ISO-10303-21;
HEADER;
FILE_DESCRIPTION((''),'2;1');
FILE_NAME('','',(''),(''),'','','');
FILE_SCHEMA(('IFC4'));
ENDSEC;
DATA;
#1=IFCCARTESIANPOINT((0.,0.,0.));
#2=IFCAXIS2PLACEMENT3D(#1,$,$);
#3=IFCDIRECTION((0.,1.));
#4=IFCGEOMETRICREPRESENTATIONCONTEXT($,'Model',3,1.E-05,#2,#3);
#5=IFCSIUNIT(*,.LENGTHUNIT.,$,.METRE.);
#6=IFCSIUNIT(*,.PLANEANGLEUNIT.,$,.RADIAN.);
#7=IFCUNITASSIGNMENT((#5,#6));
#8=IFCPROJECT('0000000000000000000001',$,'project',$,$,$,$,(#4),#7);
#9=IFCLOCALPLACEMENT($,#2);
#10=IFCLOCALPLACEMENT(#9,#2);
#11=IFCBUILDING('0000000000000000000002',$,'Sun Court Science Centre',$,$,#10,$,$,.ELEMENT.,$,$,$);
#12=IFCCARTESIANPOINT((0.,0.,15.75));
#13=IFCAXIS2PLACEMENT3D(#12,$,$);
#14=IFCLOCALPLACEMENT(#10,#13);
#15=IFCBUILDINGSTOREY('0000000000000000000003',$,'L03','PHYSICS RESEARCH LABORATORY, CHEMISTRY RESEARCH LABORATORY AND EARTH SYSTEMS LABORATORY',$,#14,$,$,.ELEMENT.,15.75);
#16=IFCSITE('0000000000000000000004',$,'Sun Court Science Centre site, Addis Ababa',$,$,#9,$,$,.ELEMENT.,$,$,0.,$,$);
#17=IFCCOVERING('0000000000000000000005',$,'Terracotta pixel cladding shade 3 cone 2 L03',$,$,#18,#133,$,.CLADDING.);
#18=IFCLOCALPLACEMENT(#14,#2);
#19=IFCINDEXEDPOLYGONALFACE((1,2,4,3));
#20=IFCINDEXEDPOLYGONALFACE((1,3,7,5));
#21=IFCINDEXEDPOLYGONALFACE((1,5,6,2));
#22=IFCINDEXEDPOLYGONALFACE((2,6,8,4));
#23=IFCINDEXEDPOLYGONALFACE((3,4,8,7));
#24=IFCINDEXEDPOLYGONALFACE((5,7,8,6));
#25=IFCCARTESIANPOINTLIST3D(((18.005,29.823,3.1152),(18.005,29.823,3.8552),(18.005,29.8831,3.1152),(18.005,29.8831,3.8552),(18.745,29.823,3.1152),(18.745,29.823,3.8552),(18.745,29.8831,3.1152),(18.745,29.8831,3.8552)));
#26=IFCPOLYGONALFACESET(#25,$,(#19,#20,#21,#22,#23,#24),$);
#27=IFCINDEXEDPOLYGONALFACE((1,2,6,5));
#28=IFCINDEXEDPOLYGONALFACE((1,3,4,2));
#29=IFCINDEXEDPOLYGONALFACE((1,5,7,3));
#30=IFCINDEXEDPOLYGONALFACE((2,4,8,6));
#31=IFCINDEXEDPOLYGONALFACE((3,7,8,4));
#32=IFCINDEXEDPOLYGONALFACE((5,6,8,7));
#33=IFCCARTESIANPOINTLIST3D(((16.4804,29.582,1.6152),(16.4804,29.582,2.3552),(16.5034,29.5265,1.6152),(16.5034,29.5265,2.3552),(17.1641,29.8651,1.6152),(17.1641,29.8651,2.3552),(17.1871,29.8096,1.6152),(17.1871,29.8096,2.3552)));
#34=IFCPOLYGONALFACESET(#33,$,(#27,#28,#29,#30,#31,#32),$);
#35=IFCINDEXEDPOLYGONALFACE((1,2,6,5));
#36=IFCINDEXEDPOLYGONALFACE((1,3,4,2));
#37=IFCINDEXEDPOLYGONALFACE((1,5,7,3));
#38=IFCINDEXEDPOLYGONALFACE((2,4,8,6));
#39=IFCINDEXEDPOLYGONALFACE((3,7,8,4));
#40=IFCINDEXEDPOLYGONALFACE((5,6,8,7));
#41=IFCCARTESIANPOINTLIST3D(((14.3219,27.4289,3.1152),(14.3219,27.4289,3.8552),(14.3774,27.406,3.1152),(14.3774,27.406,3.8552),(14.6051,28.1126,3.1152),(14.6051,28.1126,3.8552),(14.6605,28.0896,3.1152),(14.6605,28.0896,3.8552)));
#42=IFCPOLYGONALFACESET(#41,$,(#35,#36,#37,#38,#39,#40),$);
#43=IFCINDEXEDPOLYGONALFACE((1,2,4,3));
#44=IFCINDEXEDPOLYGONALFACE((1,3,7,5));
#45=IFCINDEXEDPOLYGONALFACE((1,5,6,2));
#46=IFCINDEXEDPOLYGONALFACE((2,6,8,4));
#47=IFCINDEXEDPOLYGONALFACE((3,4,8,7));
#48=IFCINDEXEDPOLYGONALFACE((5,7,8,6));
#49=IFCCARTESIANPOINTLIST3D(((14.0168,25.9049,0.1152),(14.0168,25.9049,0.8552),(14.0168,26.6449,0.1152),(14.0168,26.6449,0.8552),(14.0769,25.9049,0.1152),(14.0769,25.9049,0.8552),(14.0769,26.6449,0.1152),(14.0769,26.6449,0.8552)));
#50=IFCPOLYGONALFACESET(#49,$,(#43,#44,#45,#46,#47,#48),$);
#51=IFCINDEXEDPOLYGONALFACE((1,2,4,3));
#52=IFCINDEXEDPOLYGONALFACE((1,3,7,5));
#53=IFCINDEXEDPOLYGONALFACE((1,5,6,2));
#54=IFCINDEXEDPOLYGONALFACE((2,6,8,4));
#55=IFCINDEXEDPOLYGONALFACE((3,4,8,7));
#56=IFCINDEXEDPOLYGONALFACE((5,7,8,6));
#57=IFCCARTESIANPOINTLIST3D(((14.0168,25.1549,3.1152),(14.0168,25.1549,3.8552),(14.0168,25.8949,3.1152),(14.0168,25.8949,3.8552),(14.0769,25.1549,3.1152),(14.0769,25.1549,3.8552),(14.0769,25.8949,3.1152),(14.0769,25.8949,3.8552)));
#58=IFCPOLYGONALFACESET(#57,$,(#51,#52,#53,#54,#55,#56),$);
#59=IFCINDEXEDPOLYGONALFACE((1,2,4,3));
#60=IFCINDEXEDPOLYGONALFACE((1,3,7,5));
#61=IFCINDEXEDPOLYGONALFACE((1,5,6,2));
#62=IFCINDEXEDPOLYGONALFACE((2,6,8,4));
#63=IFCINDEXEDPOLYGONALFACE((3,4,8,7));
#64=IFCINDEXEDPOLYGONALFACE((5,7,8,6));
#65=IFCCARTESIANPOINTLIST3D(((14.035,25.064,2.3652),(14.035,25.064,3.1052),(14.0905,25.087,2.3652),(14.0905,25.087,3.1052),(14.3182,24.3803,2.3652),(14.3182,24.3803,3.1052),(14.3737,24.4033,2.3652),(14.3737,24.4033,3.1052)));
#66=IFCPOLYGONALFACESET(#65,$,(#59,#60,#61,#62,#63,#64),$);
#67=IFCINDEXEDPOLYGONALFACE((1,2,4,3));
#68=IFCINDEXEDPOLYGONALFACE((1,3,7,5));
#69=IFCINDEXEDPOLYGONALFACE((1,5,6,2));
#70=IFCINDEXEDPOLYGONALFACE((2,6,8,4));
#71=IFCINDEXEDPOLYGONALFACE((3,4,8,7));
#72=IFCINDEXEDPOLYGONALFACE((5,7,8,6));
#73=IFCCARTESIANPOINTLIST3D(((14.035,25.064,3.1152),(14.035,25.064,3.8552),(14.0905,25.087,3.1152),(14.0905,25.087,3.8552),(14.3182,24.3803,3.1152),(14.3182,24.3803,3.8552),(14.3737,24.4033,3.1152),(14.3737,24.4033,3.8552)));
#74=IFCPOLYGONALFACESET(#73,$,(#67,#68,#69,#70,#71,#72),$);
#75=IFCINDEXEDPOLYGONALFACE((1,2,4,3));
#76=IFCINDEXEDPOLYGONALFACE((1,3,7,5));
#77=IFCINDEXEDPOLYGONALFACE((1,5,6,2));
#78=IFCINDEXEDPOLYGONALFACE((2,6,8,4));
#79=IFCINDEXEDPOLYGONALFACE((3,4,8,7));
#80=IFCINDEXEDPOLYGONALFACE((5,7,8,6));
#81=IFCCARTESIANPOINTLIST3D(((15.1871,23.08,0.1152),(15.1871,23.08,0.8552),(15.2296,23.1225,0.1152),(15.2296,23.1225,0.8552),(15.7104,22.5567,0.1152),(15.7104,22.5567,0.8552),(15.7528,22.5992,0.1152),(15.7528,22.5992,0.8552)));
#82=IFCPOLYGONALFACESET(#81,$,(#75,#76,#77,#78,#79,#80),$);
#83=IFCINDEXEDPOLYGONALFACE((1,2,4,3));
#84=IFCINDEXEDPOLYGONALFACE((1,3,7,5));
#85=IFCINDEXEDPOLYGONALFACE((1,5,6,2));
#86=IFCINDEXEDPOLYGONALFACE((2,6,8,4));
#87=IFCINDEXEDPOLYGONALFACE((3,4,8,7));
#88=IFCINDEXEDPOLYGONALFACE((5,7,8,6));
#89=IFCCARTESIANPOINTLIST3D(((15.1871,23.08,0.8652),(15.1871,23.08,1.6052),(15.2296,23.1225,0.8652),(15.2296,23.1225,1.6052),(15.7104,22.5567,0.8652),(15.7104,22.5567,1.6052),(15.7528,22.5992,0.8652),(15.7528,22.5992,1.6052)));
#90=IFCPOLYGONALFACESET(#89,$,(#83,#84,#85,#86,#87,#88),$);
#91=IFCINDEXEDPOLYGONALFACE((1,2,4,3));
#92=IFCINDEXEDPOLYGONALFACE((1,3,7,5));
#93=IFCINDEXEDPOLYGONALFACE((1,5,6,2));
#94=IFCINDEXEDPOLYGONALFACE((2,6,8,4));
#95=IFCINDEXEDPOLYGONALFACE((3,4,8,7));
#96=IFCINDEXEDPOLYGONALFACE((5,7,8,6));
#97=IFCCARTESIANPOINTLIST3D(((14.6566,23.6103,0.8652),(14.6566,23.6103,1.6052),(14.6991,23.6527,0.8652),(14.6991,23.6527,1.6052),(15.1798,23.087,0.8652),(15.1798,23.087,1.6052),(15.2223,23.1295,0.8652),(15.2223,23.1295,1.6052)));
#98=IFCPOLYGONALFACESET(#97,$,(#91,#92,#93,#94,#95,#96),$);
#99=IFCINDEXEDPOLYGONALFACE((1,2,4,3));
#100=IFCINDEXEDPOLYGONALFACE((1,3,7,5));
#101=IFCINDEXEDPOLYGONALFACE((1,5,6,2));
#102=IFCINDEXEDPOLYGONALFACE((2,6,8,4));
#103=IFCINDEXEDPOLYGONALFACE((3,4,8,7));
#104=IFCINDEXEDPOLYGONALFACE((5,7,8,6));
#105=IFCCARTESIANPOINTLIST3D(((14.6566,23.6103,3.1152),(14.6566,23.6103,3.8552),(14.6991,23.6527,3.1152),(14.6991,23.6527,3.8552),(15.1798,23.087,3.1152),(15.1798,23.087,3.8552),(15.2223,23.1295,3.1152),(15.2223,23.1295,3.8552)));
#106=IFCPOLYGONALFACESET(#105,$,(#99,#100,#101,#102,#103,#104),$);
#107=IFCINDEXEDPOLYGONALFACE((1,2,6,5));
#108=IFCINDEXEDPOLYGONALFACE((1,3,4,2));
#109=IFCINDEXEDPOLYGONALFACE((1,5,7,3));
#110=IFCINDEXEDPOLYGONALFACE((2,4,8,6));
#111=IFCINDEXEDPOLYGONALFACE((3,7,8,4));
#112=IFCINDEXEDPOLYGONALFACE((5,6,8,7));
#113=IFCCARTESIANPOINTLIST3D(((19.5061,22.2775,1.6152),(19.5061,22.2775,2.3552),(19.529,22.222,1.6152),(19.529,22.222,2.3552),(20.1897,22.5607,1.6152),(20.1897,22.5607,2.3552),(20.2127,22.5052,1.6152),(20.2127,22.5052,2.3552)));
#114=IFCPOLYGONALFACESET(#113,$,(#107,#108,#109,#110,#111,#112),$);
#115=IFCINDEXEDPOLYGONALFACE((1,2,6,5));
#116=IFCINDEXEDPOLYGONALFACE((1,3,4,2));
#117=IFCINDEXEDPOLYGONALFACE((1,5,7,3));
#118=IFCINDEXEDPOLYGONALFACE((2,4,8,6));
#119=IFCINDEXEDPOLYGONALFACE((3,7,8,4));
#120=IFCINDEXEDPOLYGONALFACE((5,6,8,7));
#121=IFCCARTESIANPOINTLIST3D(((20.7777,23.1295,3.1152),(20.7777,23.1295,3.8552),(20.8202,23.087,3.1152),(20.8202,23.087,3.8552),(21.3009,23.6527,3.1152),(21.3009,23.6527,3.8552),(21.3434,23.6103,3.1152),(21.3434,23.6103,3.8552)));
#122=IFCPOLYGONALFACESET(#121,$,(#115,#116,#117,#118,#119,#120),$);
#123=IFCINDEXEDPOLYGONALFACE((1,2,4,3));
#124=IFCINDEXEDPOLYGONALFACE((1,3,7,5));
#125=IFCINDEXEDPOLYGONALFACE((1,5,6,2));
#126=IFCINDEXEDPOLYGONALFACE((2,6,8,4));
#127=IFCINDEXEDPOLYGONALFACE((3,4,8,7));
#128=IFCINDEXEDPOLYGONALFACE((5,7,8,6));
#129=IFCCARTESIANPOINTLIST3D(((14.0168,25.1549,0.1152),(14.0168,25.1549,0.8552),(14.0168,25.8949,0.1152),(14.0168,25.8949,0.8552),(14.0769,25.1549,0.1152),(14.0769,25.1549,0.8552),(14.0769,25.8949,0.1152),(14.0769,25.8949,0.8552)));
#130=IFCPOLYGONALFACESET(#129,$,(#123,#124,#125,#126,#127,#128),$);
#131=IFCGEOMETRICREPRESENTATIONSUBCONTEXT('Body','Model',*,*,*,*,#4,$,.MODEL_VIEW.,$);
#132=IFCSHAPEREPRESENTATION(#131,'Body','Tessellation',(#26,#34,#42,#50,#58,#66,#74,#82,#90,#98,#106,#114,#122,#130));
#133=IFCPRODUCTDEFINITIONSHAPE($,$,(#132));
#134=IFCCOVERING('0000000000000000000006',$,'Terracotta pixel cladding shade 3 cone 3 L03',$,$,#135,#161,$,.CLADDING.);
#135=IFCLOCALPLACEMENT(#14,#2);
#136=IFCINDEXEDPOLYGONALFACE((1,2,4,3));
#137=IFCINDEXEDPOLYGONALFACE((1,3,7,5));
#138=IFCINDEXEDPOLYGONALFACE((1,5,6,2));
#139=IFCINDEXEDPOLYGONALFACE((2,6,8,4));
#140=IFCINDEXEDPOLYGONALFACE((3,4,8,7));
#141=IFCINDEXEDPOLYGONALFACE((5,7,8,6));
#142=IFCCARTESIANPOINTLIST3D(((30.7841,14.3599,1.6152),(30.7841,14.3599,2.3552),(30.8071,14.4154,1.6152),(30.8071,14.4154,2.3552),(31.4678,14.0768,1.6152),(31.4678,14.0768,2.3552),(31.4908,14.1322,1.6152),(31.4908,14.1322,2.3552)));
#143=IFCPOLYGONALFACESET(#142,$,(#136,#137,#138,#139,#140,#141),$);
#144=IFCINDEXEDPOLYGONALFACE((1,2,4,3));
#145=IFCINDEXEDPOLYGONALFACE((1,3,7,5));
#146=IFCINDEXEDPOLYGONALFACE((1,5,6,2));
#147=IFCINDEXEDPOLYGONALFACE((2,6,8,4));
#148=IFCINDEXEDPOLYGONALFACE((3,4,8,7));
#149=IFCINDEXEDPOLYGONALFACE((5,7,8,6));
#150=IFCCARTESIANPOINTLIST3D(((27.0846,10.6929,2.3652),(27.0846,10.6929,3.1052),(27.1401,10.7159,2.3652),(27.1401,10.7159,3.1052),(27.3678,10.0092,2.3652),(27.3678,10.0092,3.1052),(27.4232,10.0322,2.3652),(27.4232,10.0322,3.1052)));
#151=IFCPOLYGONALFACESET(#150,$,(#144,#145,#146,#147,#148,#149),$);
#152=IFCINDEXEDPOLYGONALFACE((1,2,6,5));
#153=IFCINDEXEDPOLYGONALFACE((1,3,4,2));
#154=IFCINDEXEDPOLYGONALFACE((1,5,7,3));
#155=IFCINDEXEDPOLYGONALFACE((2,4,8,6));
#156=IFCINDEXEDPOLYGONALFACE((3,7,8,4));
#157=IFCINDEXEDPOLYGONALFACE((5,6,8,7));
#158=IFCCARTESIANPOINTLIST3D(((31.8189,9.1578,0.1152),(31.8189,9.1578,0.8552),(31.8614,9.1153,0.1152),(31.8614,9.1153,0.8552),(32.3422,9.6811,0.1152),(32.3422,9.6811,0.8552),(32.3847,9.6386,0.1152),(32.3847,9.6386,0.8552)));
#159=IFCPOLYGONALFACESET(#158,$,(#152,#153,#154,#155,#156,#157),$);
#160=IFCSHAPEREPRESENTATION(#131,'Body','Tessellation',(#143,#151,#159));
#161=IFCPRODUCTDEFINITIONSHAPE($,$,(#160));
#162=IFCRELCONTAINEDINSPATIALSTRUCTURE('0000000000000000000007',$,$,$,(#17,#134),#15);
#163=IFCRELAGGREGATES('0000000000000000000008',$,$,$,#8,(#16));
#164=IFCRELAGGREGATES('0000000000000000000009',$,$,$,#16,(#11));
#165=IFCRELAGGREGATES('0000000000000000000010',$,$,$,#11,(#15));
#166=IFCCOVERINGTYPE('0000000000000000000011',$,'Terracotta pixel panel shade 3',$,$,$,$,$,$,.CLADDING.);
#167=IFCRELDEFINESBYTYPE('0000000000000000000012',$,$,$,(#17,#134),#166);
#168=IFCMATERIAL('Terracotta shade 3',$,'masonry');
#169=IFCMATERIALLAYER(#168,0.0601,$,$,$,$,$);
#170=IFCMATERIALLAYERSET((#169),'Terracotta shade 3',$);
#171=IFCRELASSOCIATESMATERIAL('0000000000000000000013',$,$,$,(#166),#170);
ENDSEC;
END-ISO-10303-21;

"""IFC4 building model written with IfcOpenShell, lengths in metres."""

from ifc_helpers import new_model, si_unit, direction, frame, origin, origin_2d, place, context, subcontext, project, spatial, rectangle, extrude, material, layer, layer_set, type_object, element, save


model = new_model("IFC4")

# Units and contexts
model_context = context("Model", 3, precision=1e-05, world=origin(), true_north=direction((0.0, 1.0)))
body_context = subcontext(model_context, "Body", "Model", "MODEL_VIEW")
ifc_project = project(units=[si_unit("LENGTHUNIT", "METRE"), si_unit("PLANEANGLEUNIT", "RADIAN")], contexts=[model_context])

# Site, building, storey
site_placement = place(None, origin())
site = spatial("IfcSite", under=ifc_project, at=site_placement, Name="Sun Court Science Centre site, Addis Ababa", CompositionType="ELEMENT", RefElevation=0.0)
building_placement = place(site_placement, origin())
building = spatial("IfcBuilding", under=site, at=building_placement, Name="Sun Court Science Centre", CompositionType="ELEMENT")
storey_placement = place(building_placement, frame((0.0, 0.0, 15.75)))
storey = spatial("IfcBuildingStorey", under=building, at=storey_placement, Name="L03", Description="PHYSICS RESEARCH LABORATORY, CHEMISTRY RESEARCH LABORATORY AND EARTH SYSTEMS LABORATORY", CompositionType="ELEMENT", Elevation=15.75)

# Coverings
ifc_material_1 = material(Name="Terracotta shade 3", Category="masonry")
ifc_layer_1 = layer(ifc_material_1, 0.0601)
ifc_layer_set_1 = layer_set([ifc_layer_1], Name="Terracotta shade 3")
covering_type_1 = type_object("IfcCoveringType", Name="Terracotta pixel panel shade 3", PredefinedType="CLADDING", material=ifc_layer_set_1)
covering_1_placement = place(storey_placement, frame((0.0, 0.0, -15.75)))
element("IfcCovering", 1, at=covering_1_placement, inside=storey, type_object=covering_type_1, Name="Terracotta pixel cladding shade 3 cone 2 L03", PredefinedType="CLADDING", context=body_context, shape_type="SweptSolid", body=[
    extrude(rectangle(XDim=0.74, YDim=0.0601, at=origin_2d()), frame((18.375, 29.853, 18.8652), z_axis=(0.0, 0.0, 1.0), x_axis=(1.0, 0.0, 0.0)), (0.0, 0.0, 1.0), 0.74),
    extrude(rectangle(XDim=0.74, YDim=0.0601, at=origin_2d()), frame((16.8337, 29.6958, 17.3652), z_axis=(0.0, 0.0, 1.0), x_axis=(0.92388, 0.382683, 0.0)), (0.0, 0.0, 1.0), 0.74),
    extrude(rectangle(XDim=0.74, YDim=0.0601, at=origin_2d()), frame((14.4912, 27.7593, 18.8652), z_axis=(0.0, 0.0, 1.0), x_axis=(0.382683, 0.92388, 0.0)), (0.0, 0.0, 1.0), 0.74),
    extrude(rectangle(XDim=0.74, YDim=0.0601, at=origin_2d()), frame((14.0469, 26.2749, 15.8652), z_axis=(0.0, 0.0, 1.0), x_axis=(0.0, 1.0, 0.0)), (0.0, 0.0, 1.0), 0.74),
    extrude(rectangle(XDim=0.74, YDim=0.0601, at=origin_2d()), frame((14.0469, 25.5249, 18.8652), z_axis=(0.0, 0.0, 1.0), x_axis=(0.0, 1.0, 0.0)), (0.0, 0.0, 1.0), 0.74),
    extrude(rectangle(XDim=0.74, YDim=0.0601, at=origin_2d()), frame((14.2043, 24.7336, 18.1152), z_axis=(0.0, 0.0, 1.0), x_axis=(-0.382683, 0.92388, 0.0)), (0.0, 0.0, 1.0), 0.74),
    extrude(rectangle(XDim=0.74, YDim=0.0601, at=origin_2d()), frame((14.2043, 24.7336, 18.8652), z_axis=(0.0, 0.0, 1.0), x_axis=(-0.382683, 0.92388, 0.0)), (0.0, 0.0, 1.0), 0.74),
    extrude(rectangle(XDim=0.74, YDim=0.0601, at=origin_2d()), frame((15.47, 22.8396, 15.8652), z_axis=(0.0, 0.0, 1.0), x_axis=(-0.707107, 0.707107, 0.0)), (0.0, 0.0, 1.0), 0.74),
    extrude(rectangle(XDim=0.74, YDim=0.0601, at=origin_2d()), frame((15.47, 22.8396, 16.6152), z_axis=(0.0, 0.0, 1.0), x_axis=(-0.707107, 0.707107, 0.0)), (0.0, 0.0, 1.0), 0.74),
    extrude(rectangle(XDim=0.74, YDim=0.0601, at=origin_2d()), frame((14.9395, 23.3699, 16.6152), z_axis=(0.0, 0.0, 1.0), x_axis=(-0.707107, 0.707107, 0.0)), (0.0, 0.0, 1.0), 0.74),
    extrude(rectangle(XDim=0.74, YDim=0.0601, at=origin_2d()), frame((14.9395, 23.3699, 18.8652), z_axis=(0.0, 0.0, 1.0), x_axis=(-0.707107, 0.707107, 0.0)), (0.0, 0.0, 1.0), 0.74),
    extrude(rectangle(XDim=0.74, YDim=0.0601, at=origin_2d()), frame((19.8594, 22.3914, 17.3652), z_axis=(0.0, 0.0, 1.0), x_axis=(-0.92388, -0.382683, 0.0)), (0.0, 0.0, 1.0), 0.74),
    extrude(rectangle(XDim=0.74, YDim=0.0601, at=origin_2d()), frame((21.0605, 23.3699, 18.8652), z_axis=(0.0, 0.0, 1.0), x_axis=(-0.707107, -0.707107, 0.0)), (0.0, 0.0, 1.0), 0.74),
    extrude(rectangle(XDim=0.74, YDim=0.0601, at=origin_2d()), frame((14.0469, 25.5249, 15.8652), z_axis=(0.0, 0.0, 1.0), x_axis=(0.0, 1.0, 0.0)), (0.0, 0.0, 1.0), 0.74),
])
covering_2_placement = place(storey_placement, frame((0.0, 0.0, -15.75)))
element("IfcCovering", 2, at=covering_2_placement, inside=storey, type_object=covering_type_1, Name="Terracotta pixel cladding shade 3 cone 3 L03", PredefinedType="CLADDING", context=body_context, shape_type="SweptSolid", body=[
    extrude(rectangle(XDim=0.74, YDim=0.0601, at=origin_2d()), frame((31.1375, 14.2461, 17.3652), z_axis=(0.0, 0.0, 1.0), x_axis=(0.92388, -0.382683, 0.0)), (0.0, 0.0, 1.0), 0.74),
    extrude(rectangle(XDim=0.74, YDim=0.0601, at=origin_2d()), frame((27.2539, 10.3625, 18.1152), z_axis=(0.0, 0.0, 1.0), x_axis=(-0.382683, 0.92388, 0.0)), (0.0, 0.0, 1.0), 0.74),
    extrude(rectangle(XDim=0.74, YDim=0.0601, at=origin_2d()), frame((32.1018, 9.3982, 15.8652), z_axis=(0.0, 0.0, 1.0), x_axis=(-0.707107, -0.707107, 0.0)), (0.0, 0.0, 1.0), 0.74),
])

save(model, "model.ifc")
